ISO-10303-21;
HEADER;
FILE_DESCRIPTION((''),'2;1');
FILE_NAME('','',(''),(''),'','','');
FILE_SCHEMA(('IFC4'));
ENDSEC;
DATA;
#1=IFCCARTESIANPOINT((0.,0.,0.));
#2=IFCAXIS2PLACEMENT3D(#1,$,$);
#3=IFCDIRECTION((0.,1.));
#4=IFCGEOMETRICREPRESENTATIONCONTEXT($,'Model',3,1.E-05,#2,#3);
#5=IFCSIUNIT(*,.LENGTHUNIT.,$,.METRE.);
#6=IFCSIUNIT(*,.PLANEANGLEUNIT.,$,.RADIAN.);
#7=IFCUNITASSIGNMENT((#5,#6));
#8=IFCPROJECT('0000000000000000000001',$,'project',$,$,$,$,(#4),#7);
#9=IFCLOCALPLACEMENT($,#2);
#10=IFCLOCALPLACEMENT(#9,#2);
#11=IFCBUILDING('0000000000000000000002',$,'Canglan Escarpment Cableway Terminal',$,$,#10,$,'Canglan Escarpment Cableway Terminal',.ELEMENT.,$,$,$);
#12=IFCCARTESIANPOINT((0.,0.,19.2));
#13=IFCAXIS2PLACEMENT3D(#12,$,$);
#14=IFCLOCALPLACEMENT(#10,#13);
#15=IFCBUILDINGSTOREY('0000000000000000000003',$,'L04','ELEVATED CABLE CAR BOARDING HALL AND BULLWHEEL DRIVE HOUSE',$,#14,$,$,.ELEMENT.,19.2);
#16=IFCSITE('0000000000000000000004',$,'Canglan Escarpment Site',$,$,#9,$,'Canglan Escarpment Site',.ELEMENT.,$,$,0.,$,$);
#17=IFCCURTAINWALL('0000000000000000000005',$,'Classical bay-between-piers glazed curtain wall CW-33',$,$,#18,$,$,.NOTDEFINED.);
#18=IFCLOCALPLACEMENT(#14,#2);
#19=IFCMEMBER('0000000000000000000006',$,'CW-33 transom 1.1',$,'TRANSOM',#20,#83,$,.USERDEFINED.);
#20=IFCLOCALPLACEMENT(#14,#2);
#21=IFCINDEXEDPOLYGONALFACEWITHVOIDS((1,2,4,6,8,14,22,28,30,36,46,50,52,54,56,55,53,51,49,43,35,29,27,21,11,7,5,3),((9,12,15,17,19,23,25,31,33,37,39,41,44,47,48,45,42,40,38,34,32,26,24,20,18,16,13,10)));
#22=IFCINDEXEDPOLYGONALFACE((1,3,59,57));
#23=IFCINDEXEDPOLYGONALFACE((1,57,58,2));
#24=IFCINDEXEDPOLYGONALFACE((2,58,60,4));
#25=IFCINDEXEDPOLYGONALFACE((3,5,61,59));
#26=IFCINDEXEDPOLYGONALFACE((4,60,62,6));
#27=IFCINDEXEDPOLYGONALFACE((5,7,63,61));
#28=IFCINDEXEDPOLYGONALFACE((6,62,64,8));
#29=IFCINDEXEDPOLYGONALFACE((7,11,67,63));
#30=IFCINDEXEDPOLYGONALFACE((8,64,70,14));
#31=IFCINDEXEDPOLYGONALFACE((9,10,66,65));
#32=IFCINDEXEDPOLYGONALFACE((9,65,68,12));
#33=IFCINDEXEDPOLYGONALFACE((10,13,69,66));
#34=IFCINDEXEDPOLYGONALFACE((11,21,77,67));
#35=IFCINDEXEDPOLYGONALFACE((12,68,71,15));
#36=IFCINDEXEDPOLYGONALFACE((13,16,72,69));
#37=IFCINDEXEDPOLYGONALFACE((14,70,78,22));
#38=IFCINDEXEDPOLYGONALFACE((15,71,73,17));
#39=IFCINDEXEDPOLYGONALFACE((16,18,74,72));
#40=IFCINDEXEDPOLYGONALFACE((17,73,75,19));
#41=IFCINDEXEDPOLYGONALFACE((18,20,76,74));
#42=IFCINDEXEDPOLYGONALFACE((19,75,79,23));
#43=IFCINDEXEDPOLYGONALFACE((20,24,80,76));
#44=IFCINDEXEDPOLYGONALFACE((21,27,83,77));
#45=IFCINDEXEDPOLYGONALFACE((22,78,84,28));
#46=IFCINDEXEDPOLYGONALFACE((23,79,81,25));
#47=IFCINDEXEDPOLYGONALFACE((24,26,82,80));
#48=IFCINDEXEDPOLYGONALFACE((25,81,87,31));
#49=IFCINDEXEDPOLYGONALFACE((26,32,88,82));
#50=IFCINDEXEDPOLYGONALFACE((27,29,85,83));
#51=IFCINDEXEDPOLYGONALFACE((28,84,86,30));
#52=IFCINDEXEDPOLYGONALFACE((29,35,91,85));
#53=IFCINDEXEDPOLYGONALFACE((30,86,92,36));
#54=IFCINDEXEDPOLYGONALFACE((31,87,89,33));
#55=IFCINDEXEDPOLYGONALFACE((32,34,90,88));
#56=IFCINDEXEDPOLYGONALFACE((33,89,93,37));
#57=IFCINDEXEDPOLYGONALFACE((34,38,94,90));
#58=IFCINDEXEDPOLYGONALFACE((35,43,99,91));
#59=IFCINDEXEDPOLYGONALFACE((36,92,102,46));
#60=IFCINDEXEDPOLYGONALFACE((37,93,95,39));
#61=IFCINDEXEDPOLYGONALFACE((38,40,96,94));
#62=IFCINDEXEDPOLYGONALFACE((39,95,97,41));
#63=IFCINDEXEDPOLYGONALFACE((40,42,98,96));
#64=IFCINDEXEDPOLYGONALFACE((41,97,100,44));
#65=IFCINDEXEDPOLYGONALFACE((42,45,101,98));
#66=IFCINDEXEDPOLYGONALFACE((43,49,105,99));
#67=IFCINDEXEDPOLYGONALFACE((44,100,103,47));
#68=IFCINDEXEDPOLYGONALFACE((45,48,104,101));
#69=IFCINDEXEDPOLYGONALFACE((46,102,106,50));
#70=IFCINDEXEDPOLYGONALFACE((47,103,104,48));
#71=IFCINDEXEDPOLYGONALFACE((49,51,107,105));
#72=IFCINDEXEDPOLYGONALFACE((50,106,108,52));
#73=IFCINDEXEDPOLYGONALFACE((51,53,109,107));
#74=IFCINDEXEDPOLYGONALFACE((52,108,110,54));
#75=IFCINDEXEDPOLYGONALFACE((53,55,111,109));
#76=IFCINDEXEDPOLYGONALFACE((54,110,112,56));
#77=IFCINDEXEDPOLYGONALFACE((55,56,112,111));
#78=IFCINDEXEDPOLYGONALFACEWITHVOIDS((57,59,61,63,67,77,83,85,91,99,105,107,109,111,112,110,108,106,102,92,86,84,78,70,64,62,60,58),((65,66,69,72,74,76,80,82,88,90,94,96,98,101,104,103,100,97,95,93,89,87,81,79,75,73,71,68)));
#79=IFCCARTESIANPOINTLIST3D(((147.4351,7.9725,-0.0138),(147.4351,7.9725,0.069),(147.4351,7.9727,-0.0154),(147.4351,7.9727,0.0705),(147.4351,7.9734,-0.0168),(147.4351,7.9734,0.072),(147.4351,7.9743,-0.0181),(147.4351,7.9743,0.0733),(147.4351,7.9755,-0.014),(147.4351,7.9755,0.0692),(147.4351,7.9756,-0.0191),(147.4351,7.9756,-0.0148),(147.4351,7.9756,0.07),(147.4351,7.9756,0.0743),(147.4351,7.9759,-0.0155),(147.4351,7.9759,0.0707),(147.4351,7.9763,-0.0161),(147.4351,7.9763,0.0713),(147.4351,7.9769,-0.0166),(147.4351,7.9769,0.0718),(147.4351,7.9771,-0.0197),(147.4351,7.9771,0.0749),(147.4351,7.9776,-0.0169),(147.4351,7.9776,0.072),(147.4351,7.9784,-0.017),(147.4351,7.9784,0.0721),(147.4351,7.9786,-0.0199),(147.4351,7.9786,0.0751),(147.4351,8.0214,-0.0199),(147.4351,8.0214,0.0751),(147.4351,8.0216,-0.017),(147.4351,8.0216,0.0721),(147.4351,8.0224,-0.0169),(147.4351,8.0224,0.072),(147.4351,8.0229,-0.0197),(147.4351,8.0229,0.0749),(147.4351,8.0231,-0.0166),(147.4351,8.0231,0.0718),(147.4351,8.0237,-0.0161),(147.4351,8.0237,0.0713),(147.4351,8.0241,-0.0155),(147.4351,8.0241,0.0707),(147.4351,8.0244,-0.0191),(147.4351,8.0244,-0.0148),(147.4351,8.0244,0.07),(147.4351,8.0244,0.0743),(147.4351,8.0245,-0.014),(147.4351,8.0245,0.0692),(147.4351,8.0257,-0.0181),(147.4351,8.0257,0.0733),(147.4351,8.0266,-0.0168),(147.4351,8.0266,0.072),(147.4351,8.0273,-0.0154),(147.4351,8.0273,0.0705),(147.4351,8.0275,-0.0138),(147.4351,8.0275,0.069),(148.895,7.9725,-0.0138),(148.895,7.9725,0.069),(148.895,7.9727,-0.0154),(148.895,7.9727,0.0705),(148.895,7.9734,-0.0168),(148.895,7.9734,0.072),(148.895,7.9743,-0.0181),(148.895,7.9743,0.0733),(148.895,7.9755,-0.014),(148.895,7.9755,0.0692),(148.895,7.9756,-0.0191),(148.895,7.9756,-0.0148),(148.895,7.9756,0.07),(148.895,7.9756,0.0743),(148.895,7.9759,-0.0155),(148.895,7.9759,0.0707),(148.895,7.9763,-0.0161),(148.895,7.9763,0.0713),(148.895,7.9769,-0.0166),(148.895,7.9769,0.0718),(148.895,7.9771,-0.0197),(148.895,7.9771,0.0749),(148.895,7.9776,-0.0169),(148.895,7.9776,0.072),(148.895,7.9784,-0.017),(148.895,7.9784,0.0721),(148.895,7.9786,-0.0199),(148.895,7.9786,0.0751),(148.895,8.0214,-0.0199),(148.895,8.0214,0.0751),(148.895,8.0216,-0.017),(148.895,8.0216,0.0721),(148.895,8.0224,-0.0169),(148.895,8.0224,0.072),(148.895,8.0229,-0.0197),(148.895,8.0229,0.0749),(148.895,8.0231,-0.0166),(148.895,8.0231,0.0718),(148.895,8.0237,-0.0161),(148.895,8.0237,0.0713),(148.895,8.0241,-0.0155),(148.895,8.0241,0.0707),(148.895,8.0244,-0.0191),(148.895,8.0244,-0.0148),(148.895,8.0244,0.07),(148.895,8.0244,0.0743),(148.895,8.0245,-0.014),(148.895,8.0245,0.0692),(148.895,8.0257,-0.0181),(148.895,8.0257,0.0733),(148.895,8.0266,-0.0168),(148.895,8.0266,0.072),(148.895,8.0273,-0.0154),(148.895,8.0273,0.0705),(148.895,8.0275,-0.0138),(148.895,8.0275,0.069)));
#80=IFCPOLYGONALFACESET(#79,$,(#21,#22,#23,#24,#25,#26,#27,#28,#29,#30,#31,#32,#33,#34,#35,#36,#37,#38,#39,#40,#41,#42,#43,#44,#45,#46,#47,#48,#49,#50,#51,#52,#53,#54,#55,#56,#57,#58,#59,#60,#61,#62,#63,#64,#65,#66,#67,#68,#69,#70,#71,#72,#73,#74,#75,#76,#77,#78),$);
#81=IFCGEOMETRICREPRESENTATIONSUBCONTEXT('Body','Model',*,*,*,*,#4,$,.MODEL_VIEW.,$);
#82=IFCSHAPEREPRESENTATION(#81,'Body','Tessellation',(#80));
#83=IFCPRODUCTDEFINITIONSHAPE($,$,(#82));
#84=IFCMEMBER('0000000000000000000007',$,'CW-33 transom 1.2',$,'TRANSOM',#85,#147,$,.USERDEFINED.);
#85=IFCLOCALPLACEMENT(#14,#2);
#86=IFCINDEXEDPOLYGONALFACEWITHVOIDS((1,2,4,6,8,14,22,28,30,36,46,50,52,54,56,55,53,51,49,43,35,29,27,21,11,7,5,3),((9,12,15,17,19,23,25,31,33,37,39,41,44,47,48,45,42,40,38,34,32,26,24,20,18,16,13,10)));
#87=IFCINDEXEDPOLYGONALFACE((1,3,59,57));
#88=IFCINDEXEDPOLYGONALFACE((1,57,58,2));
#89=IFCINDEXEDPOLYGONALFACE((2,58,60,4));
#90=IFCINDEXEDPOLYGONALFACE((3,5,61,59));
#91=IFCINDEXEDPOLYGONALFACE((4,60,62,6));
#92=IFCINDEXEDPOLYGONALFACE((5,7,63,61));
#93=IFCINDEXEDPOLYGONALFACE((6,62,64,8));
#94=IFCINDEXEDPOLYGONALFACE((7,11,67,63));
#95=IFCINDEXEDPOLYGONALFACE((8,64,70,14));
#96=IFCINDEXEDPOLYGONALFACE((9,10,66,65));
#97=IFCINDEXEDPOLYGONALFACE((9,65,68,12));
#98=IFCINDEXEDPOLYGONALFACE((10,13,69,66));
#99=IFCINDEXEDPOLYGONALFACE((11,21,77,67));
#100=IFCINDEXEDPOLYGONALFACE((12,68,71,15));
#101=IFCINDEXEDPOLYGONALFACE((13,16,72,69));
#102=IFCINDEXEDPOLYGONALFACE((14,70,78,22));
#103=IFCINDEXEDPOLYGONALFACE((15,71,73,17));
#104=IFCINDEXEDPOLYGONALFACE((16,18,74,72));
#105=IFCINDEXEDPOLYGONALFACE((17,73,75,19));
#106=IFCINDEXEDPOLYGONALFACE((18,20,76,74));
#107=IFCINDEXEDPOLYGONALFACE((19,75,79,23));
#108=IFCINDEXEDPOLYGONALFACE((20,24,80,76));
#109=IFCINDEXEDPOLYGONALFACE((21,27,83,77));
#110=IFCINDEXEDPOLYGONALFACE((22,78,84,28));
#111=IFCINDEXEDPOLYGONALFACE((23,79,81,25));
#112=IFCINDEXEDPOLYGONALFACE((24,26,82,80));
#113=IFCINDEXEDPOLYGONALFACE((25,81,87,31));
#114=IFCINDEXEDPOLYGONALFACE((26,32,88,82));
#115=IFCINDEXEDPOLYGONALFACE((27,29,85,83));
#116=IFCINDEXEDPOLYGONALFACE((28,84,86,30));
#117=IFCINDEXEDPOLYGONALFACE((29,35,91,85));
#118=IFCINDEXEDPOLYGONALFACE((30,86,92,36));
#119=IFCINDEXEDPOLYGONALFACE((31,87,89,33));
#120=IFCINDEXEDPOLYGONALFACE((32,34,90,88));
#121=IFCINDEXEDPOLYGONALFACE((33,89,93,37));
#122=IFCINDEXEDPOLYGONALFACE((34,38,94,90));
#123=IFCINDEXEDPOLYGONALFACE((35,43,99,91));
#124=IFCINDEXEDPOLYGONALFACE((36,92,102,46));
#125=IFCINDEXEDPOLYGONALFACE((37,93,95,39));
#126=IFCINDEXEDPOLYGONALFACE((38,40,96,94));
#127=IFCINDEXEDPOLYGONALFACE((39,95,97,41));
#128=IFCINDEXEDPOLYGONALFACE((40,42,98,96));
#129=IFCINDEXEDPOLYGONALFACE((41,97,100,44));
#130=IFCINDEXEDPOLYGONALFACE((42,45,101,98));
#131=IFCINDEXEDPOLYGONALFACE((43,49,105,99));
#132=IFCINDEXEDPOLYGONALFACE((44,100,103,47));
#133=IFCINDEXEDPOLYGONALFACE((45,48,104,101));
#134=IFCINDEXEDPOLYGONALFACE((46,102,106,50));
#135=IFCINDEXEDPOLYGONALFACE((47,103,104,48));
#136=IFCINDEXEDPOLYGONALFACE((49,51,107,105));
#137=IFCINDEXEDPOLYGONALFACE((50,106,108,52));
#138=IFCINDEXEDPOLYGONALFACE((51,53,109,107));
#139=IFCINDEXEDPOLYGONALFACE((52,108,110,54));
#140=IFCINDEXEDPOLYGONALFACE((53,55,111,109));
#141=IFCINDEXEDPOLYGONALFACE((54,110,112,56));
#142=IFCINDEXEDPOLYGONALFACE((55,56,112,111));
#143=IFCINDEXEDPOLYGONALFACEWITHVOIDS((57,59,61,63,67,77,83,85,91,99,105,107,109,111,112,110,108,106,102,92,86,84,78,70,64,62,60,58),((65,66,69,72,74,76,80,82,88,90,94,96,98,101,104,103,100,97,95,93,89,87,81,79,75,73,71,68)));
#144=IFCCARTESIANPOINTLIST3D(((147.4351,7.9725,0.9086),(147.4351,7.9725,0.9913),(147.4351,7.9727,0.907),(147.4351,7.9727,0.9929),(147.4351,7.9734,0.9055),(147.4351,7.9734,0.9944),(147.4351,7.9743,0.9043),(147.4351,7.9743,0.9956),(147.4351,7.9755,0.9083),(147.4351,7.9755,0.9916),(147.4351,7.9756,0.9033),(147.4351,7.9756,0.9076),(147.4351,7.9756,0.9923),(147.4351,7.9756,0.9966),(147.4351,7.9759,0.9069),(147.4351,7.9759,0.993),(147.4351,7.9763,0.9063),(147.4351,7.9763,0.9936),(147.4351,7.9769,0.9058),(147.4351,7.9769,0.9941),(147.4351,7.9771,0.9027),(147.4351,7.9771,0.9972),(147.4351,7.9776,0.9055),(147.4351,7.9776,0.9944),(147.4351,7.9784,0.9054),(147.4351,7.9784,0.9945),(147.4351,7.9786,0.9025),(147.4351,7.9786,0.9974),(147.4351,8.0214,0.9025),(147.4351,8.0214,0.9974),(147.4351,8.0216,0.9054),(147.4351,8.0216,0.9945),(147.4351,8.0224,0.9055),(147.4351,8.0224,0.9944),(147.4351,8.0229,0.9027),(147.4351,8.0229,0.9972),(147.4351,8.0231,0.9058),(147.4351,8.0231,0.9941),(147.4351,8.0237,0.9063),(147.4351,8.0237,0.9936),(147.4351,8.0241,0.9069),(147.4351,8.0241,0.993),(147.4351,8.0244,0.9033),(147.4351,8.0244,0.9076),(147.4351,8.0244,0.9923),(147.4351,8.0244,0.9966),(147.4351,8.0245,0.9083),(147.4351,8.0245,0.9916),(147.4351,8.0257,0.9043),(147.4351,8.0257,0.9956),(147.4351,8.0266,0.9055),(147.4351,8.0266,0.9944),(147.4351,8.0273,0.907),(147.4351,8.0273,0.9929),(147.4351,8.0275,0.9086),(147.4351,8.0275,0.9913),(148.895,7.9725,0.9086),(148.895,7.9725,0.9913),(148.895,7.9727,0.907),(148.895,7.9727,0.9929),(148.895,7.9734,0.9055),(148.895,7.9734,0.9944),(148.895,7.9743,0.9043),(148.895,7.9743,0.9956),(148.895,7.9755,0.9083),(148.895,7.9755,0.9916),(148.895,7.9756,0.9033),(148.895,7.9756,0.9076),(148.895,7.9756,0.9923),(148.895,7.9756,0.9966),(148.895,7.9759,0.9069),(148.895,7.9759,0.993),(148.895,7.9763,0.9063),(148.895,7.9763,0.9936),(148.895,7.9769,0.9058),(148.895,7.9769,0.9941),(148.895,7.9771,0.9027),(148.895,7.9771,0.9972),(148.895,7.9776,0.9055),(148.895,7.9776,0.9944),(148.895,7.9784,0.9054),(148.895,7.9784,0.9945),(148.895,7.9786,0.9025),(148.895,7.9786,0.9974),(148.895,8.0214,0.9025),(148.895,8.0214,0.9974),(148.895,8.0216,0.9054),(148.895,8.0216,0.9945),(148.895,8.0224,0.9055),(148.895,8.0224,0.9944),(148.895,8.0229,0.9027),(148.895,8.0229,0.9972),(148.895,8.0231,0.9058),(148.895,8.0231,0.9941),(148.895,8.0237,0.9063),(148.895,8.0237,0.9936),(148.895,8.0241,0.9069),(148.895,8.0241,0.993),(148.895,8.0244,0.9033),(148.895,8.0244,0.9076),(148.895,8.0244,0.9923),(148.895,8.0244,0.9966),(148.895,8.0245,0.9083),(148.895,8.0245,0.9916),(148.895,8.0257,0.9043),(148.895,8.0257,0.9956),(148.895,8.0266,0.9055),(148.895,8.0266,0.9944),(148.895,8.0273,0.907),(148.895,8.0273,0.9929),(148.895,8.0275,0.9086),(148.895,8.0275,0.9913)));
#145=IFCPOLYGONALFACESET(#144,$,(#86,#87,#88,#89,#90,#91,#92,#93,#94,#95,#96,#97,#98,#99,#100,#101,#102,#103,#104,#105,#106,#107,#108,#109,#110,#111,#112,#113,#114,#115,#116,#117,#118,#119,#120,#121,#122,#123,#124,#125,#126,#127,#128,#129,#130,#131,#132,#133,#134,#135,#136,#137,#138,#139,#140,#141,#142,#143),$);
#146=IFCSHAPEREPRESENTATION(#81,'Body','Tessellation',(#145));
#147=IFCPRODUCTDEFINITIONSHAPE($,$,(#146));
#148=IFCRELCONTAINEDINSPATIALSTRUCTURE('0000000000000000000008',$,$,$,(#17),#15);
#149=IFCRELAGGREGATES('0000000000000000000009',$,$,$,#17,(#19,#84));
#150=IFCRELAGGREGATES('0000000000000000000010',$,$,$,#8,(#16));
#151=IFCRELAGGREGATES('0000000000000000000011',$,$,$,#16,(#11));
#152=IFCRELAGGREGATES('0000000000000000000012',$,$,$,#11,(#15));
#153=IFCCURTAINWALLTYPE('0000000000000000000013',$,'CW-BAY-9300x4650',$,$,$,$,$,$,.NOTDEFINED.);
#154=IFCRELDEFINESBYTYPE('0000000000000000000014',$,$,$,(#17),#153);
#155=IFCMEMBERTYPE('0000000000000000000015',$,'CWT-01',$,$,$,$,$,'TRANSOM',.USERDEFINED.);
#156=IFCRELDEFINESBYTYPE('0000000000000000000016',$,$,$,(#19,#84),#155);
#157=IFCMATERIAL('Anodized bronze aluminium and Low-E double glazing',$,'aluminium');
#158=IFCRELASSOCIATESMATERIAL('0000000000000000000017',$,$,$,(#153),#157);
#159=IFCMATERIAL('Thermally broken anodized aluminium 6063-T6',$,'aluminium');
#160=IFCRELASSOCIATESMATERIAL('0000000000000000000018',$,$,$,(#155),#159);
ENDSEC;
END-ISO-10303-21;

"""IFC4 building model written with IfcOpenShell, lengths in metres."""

from ifc_helpers import new_model, si_unit, direction, frame, origin, origin_2d, place, context, subcontext, project, spatial, hollow_rectangle, extrude, material, material_profile, profile_set, type_object, element, aggregate, save


model = new_model("IFC4")

# Units and contexts
model_context = context("Model", 3, precision=1e-05, world=origin(), true_north=direction((0.0, 1.0)))
body_context = subcontext(model_context, "Body", "Model", "MODEL_VIEW")
ifc_project = project(units=[si_unit("LENGTHUNIT", "METRE"), si_unit("PLANEANGLEUNIT", "RADIAN")], contexts=[model_context])

# Site, building, storey
site_placement = place(None, origin())
site = spatial("IfcSite", under=ifc_project, at=site_placement, Name="Canglan Escarpment Site", LongName="Canglan Escarpment Site", CompositionType="ELEMENT", RefElevation=0.0)
building_placement = place(site_placement, origin())
building = spatial("IfcBuilding", under=site, at=building_placement, Name="Canglan Escarpment Cableway Terminal", LongName="Canglan Escarpment Cableway Terminal", CompositionType="ELEMENT")
storey_placement = place(building_placement, frame((0.0, 0.0, 19.2)))
storey = spatial("IfcBuildingStorey", under=building, at=storey_placement, Name="L04", Description="ELEVATED CABLE CAR BOARDING HALL AND BULLWHEEL DRIVE HOUSE", CompositionType="ELEMENT", Elevation=19.2)

# Curtain wall, members
ifc_material_1 = material(Name="Anodized bronze aluminium and Low-E double glazing", Category="aluminium")
curtain_wall_type = type_object("IfcCurtainWallType", Name="CW-BAY-9300x4650", PredefinedType="NOTDEFINED", material=ifc_material_1)
curtain_wall_placement = place(storey_placement, origin())
curtain_wall = element("IfcCurtainWall", 1, at=curtain_wall_placement, inside=storey, type_object=curtain_wall_type, Name="Classical bay-between-piers glazed curtain wall CW-33", PredefinedType="NOTDEFINED")
ifc_material_2 = material(Name="Thermally broken anodized aluminium 6063-T6", Category="aluminium")
ifc_material_profile_1 = material_profile(ifc_material_2, hollow_rectangle(XDim=0.0549, YDim=0.095, WallThickness=0.0029, InnerFilletRadius=0.0029, OuterFilletRadius=0.0061, at=origin_2d()), Name="ALU-TRAN 55x95x3")
ifc_profile_set_1 = profile_set([ifc_material_profile_1], Name="Thermally broken anodized aluminium 6063-T6")
member_type_1 = type_object("IfcMemberType", Name="CWT-01", ElementType="TRANSOM", PredefinedType="USERDEFINED", material=ifc_profile_set_1)
member_1_placement = place(storey_placement, frame((147.4351, 8.0, 0.0276), z_axis=(1.0, 0.0, 0.0), x_axis=(0.0, 1.0, 0.0)))
member_1 = element("IfcMember", 2, at=member_1_placement, type_object=member_type_1, Name="CW-33 transom 1.1", ObjectType="TRANSOM", PredefinedType="USERDEFINED", context=body_context, shape_type="SweptSolid", body=[
    extrude(hollow_rectangle(XDim=0.0549, YDim=0.095, WallThickness=0.0029, InnerFilletRadius=0.0029, OuterFilletRadius=0.0061, at=origin_2d()), origin(), (0.0, 0.0, 1.0), 1.46),
])
member_2_placement = place(storey_placement, frame((147.4351, 8.0, 0.95), z_axis=(1.0, 0.0, 0.0), x_axis=(0.0, 1.0, 0.0)))
member_2 = element("IfcMember", 3, at=member_2_placement, type_object=member_type_1, Name="CW-33 transom 1.2", ObjectType="TRANSOM", PredefinedType="USERDEFINED", context=body_context, shape_type="SweptSolid", body=[
    extrude(hollow_rectangle(XDim=0.0549, YDim=0.095, WallThickness=0.0029, InnerFilletRadius=0.0029, OuterFilletRadius=0.0061, at=origin_2d()), origin(), (0.0, 0.0, 1.0), 1.46),
])
aggregate(curtain_wall, [member_1, member_2])

save(model, "model.ifc")
